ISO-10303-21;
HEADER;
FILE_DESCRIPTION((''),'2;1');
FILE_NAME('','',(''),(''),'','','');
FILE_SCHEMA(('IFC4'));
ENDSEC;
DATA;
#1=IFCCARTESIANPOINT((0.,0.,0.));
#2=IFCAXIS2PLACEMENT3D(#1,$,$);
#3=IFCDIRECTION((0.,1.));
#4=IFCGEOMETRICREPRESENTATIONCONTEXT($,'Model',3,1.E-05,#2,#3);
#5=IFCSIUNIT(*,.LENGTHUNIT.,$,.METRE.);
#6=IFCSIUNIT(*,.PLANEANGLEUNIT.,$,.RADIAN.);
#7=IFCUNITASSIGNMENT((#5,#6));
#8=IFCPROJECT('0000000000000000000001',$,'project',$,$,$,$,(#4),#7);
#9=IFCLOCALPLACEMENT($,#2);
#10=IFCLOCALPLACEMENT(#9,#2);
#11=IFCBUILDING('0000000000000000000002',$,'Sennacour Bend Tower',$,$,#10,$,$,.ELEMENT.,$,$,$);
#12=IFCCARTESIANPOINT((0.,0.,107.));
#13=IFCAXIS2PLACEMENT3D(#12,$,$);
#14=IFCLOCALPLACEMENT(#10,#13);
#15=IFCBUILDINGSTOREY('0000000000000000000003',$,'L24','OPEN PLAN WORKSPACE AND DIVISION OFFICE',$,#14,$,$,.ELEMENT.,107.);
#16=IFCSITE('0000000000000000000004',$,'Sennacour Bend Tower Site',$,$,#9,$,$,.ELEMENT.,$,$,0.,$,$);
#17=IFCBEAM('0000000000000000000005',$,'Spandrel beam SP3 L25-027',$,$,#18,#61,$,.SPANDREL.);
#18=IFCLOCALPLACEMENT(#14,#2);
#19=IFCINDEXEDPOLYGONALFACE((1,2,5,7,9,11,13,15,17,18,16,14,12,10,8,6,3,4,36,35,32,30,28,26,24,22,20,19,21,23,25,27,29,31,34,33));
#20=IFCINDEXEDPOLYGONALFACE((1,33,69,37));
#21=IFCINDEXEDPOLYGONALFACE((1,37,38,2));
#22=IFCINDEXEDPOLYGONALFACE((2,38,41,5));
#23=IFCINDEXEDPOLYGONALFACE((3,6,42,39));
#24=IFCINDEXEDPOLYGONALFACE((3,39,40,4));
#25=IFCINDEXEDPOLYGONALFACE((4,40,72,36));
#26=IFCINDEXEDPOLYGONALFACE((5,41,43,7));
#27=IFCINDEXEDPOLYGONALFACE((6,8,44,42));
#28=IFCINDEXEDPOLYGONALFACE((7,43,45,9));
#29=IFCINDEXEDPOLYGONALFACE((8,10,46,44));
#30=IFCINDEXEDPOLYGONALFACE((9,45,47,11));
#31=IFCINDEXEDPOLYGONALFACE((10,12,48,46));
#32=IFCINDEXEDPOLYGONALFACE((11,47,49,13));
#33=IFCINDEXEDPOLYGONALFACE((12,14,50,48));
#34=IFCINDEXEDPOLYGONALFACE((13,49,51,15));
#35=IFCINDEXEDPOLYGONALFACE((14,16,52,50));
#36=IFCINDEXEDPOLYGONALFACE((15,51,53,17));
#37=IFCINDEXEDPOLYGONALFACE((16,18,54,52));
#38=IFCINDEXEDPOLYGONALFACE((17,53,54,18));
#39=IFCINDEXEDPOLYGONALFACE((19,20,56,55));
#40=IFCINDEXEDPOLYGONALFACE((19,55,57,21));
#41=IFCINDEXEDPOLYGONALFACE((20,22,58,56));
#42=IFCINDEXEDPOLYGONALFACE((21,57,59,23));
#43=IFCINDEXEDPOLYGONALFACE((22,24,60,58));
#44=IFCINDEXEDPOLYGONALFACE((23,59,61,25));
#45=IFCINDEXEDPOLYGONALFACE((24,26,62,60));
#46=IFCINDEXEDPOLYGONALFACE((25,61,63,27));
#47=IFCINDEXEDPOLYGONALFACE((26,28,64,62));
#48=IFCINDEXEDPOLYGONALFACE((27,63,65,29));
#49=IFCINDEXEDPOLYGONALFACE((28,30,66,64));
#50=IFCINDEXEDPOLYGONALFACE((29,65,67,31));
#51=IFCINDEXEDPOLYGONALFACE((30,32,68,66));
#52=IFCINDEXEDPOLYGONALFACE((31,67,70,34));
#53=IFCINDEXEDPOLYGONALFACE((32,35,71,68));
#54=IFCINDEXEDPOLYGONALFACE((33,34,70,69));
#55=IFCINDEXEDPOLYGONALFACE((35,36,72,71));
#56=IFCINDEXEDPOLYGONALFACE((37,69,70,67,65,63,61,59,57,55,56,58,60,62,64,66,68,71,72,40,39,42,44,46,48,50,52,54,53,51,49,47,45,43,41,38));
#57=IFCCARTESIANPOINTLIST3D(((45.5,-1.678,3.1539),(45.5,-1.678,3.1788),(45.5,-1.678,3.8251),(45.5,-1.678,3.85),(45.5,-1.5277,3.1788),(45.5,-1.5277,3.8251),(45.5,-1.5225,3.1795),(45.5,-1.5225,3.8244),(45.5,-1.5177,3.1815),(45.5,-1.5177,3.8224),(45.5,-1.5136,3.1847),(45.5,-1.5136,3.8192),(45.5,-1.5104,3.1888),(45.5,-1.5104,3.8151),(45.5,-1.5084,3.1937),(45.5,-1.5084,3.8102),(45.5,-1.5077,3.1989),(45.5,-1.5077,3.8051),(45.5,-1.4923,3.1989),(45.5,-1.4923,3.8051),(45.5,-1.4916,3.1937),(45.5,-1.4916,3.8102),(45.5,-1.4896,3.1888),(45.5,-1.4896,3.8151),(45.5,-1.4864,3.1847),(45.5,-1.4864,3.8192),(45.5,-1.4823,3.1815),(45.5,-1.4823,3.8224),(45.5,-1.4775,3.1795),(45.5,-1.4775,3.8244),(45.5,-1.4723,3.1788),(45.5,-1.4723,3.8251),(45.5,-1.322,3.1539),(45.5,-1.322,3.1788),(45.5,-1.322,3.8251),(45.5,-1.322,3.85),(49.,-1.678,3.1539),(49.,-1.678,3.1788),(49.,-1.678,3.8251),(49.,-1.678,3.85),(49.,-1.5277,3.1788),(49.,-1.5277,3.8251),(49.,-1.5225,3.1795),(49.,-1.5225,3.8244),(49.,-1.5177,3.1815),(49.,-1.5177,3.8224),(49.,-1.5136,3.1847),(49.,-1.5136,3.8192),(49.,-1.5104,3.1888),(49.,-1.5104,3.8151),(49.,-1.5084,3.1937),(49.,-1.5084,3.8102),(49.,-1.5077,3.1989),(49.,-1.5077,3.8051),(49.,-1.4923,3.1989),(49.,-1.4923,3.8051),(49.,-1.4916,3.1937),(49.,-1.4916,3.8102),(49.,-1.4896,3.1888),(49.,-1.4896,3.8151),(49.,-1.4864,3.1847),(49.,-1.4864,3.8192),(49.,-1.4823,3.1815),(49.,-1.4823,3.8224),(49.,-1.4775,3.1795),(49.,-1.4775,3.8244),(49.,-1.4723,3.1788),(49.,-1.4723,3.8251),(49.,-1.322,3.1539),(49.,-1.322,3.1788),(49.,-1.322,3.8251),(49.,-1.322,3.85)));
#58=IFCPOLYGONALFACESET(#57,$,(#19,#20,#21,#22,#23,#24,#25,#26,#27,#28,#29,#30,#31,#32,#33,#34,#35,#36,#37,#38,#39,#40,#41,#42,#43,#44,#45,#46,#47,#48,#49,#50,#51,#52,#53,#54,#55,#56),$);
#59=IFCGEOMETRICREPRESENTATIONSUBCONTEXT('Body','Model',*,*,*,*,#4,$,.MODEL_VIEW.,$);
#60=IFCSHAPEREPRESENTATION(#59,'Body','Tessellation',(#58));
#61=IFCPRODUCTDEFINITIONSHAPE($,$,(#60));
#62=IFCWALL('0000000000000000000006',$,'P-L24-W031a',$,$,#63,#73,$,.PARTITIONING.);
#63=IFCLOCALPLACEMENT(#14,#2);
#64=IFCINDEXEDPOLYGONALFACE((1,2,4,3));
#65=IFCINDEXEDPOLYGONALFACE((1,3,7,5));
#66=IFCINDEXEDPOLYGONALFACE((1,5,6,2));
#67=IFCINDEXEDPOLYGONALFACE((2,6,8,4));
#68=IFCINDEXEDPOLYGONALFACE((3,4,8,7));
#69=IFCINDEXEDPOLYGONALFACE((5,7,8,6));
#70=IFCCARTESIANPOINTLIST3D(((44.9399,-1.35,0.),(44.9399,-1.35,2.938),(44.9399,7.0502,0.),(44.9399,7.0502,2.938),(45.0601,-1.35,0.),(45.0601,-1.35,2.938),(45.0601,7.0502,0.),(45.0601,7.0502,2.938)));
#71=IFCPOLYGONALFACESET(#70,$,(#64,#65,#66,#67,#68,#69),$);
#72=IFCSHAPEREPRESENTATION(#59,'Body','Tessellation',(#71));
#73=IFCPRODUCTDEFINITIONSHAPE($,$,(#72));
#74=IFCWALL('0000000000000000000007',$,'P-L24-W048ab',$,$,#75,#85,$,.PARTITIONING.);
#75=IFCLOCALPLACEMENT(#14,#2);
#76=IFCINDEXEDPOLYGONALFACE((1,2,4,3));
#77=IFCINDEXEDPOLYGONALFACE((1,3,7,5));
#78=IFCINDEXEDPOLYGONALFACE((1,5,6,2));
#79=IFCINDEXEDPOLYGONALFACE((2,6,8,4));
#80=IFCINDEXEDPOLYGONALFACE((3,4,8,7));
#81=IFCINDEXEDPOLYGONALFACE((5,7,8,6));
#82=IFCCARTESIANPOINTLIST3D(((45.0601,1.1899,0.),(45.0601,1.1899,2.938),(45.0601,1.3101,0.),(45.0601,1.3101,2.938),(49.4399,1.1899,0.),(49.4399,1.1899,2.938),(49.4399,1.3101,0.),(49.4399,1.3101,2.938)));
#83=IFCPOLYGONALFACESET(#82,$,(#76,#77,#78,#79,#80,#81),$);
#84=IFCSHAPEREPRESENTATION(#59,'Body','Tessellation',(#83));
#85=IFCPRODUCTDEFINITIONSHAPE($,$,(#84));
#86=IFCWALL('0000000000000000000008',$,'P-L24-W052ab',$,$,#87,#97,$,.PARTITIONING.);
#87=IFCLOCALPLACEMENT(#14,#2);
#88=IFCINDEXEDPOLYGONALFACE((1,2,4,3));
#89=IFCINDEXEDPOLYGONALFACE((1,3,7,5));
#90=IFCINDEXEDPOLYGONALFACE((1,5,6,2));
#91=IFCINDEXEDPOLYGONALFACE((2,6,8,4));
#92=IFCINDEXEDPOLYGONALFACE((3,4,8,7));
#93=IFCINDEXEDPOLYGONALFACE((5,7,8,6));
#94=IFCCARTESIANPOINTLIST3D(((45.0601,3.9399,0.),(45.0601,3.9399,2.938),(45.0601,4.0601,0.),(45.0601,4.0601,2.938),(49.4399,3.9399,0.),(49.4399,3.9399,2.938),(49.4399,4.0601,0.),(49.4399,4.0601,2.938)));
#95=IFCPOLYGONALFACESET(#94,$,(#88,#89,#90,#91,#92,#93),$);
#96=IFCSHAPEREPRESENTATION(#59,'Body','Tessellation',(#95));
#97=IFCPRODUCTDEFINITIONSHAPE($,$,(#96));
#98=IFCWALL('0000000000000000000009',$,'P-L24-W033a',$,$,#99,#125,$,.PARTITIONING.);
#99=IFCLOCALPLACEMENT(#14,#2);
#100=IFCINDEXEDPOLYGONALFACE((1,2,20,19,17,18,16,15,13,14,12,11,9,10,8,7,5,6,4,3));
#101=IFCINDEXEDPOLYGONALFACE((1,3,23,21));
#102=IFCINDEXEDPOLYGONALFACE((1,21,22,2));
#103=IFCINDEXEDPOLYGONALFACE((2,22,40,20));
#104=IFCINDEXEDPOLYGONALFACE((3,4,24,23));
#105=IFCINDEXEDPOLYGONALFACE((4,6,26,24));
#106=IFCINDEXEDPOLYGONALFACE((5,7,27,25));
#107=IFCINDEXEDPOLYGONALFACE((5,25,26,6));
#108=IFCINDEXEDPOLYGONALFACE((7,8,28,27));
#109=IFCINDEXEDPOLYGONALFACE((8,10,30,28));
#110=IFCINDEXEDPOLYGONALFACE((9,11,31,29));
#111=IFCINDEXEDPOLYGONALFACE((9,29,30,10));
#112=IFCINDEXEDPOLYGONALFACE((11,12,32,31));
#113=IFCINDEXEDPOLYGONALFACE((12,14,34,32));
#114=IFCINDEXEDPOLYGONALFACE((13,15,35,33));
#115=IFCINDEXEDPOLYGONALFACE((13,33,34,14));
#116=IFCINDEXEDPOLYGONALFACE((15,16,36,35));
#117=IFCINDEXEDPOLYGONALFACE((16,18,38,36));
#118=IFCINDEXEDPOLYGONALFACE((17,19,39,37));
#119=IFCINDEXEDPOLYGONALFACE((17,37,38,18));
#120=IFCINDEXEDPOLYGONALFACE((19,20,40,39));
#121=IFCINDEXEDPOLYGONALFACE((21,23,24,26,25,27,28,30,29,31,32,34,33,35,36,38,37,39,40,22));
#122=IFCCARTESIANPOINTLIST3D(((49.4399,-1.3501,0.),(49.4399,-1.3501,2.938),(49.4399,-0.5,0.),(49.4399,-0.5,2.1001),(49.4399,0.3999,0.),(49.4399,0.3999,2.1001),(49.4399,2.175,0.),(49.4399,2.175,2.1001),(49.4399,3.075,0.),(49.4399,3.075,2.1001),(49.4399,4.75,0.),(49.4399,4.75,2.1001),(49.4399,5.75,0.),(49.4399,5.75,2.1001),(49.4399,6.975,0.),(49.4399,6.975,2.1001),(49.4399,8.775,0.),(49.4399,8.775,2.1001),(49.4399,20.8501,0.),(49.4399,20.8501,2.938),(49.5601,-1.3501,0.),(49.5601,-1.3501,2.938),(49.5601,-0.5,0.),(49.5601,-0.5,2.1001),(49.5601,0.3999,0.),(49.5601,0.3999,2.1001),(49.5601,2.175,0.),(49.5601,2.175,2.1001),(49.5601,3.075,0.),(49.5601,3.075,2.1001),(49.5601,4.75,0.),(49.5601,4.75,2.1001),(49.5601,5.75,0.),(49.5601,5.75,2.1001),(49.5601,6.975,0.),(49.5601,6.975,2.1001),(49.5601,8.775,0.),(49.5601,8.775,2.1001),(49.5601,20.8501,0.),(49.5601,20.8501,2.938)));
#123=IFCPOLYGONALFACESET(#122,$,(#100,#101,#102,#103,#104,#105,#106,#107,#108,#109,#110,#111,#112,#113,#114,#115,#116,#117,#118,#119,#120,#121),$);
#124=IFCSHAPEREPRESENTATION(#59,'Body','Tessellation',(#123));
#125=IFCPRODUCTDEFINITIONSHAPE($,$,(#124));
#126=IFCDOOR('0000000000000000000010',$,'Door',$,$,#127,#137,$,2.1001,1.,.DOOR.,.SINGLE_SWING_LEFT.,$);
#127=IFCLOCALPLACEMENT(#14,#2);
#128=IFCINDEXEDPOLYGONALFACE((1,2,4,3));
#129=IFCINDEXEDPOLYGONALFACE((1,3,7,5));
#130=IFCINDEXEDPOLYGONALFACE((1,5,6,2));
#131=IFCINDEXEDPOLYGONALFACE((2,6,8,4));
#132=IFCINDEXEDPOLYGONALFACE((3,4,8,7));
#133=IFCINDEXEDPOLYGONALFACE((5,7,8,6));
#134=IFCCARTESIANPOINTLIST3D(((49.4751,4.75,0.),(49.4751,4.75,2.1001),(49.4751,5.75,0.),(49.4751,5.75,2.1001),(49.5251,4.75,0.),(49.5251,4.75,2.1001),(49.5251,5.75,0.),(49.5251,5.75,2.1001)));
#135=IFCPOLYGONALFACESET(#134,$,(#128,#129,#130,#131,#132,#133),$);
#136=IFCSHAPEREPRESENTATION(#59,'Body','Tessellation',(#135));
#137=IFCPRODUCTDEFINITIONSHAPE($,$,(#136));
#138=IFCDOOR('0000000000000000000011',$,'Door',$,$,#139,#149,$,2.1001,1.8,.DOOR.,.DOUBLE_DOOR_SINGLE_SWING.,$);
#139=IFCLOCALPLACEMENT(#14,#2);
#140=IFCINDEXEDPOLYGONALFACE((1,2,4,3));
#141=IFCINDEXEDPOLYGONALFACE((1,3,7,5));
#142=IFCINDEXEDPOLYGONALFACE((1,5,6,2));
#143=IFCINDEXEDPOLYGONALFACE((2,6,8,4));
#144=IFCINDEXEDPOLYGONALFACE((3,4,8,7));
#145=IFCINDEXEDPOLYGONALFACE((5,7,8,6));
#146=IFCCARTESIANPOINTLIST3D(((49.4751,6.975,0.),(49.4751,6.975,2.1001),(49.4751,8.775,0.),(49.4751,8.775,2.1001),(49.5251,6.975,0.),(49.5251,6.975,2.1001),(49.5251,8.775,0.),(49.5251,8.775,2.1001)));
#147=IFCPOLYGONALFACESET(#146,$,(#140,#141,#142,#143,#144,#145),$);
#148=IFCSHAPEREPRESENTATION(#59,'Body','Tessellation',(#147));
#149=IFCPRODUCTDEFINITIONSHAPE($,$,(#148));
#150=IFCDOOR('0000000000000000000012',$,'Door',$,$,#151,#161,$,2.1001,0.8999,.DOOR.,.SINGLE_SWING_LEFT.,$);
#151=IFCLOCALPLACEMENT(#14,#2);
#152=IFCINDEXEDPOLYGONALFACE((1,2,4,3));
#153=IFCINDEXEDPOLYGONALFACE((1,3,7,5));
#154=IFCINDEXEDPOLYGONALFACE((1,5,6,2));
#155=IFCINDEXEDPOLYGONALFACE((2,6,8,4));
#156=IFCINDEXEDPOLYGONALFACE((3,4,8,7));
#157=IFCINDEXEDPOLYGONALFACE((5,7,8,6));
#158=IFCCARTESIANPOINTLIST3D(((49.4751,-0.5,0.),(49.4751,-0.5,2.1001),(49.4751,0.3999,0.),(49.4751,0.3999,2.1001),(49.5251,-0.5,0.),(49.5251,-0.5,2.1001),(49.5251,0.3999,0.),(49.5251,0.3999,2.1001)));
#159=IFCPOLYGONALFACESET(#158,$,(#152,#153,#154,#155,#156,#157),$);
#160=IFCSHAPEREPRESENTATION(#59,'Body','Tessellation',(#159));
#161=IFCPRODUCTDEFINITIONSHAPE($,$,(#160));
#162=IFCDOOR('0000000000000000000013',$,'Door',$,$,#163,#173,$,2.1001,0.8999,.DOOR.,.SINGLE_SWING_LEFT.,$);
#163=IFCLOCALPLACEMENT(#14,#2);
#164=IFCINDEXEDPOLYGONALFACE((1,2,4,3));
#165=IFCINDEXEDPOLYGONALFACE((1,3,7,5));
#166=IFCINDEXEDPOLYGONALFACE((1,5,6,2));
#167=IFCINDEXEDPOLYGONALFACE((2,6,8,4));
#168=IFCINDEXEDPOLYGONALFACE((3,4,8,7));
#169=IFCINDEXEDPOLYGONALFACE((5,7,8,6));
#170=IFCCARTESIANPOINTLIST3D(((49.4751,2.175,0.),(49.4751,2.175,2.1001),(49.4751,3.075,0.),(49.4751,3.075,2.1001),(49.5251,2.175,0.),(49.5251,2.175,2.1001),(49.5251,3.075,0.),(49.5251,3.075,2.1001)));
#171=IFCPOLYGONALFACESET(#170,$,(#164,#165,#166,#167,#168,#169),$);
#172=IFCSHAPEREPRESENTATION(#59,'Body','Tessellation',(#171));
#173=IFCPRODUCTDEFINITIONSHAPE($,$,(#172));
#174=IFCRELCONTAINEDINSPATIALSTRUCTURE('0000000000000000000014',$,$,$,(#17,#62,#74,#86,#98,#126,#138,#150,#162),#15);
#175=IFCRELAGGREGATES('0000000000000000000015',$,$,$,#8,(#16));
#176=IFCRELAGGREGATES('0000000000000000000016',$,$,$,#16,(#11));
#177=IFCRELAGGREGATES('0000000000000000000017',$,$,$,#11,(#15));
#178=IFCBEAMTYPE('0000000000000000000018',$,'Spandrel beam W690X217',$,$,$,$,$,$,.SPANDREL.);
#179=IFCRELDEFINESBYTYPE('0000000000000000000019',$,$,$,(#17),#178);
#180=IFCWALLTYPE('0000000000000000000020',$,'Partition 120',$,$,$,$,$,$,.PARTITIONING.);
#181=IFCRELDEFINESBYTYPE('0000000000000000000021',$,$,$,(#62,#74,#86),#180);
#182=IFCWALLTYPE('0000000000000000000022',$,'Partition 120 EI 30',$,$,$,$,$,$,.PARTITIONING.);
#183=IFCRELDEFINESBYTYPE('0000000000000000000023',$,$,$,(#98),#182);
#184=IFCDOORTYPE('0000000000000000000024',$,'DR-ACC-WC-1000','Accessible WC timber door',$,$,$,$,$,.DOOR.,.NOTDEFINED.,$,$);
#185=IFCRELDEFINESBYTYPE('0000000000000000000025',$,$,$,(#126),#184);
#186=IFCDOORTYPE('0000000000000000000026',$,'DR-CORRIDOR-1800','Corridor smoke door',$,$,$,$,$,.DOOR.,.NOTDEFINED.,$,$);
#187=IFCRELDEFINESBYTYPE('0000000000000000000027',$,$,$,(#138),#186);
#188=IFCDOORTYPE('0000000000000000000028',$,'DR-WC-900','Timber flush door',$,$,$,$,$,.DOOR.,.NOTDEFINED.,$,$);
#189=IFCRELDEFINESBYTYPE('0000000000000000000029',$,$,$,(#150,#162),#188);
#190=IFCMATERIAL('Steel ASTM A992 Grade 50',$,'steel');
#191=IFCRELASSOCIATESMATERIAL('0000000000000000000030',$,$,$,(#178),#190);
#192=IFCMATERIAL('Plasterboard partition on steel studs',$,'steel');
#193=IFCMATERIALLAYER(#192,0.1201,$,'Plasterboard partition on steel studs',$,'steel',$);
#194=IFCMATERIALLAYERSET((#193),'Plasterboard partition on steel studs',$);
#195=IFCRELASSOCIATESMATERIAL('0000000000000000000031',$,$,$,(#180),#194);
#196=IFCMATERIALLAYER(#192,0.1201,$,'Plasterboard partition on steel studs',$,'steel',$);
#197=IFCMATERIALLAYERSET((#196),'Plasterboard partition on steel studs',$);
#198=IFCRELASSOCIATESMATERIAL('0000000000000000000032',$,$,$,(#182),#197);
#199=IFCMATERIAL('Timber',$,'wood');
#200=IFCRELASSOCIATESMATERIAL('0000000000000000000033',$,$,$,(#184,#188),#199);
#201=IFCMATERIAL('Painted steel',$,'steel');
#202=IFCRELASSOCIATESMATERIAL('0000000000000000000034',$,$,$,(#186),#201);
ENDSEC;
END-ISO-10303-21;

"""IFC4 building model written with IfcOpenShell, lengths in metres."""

from ifc_helpers import new_model, si_unit, direction, frame, frame_2d, origin, origin_2d, place, context, subcontext, project, spatial, rectangle, i_section, extrude, material, layer, layer_set, material_profile, profile_set, type_object, element, fill, save


model = new_model("IFC4")

# Units and contexts
model_context = context("Model", 3, precision=1e-05, world=origin(), true_north=direction((0.0, 1.0)))
body_context = subcontext(model_context, "Body", "Model", "MODEL_VIEW")
ifc_project = project(units=[si_unit("LENGTHUNIT", "METRE"), si_unit("PLANEANGLEUNIT", "RADIAN")], contexts=[model_context])

# Site, building, storey
site_placement = place(None, origin())
site = spatial("IfcSite", under=ifc_project, at=site_placement, Name="Sennacour Bend Tower Site", CompositionType="ELEMENT", RefElevation=0.0)
building_placement = place(site_placement, origin())
building = spatial("IfcBuilding", under=site, at=building_placement, Name="Sennacour Bend Tower", CompositionType="ELEMENT")
storey_placement = place(building_placement, frame((0.0, 0.0, 107.0)))
storey = spatial("IfcBuildingStorey", under=building, at=storey_placement, Name="L24", Description="OPEN PLAN WORKSPACE AND DIVISION OFFICE", CompositionType="ELEMENT", Elevation=107.0)

# Beam
ifc_material_1 = material(Name="Steel ASTM A992 Grade 50", Category="steel")
ifc_material_profile_1 = material_profile(ifc_material_1, i_section(OverallWidth=0.356, OverallDepth=0.696, WebThickness=0.0154, FlangeThickness=0.0249, FilletRadius=0.02, at=origin_2d()), Name="Steel ASTM A992 Grade 50", Category="steel")
ifc_profile_set_1 = profile_set([ifc_material_profile_1], Name="Steel ASTM A992 Grade 50")
beam_type_1 = type_object("IfcBeamType", Name="Spandrel beam W690X217", PredefinedType="SPANDREL", material=ifc_profile_set_1)
beam_1_placement = place(storey_placement, frame((49.0, -1.5, 3.502), z_axis=(-1.0, 0.0, 0.0), x_axis=(0.0, -1.0, 0.0)))
element("IfcBeam", 1, at=beam_1_placement, inside=storey, type_object=beam_type_1, Name="Spandrel beam SP3 L25-027", PredefinedType="SPANDREL", context=body_context, shape_type="SweptSolid", body=[
    extrude(i_section(OverallWidth=0.356, OverallDepth=0.696, WebThickness=0.0154, FlangeThickness=0.0249, FilletRadius=0.02, at=origin_2d()), origin(), (0.0, 0.0, 1.0), 3.5),
])

# Walls
ifc_material_2 = material(Name="Plasterboard partition on steel studs", Category="steel")
ifc_layer_1 = layer(ifc_material_2, 0.1201, Name="Plasterboard partition on steel studs", Category="steel")
ifc_layer_set_1 = layer_set([ifc_layer_1], Name="Plasterboard partition on steel studs")
wall_type_1 = type_object("IfcWallType", Name="Partition 120", PredefinedType="PARTITIONING", material=ifc_layer_set_1)
wall_1_placement = place(storey_placement, frame((45.0, -1.3501, 0.0), z_axis=(0.0, 0.0, 1.0), x_axis=(0.0, 1.0, 0.0)))
element("IfcWall", 2, at=wall_1_placement, inside=storey, type_object=wall_type_1, Name="P-L24-W031a", PredefinedType="PARTITIONING", context=body_context, shape_type="SweptSolid", body=[
    extrude(rectangle(XDim=8.4001, YDim=0.1201, at=frame_2d((4.2002, 0.0))), origin(), (0.0, 0.0, 1.0), 2.938),
])
for number, where, z_axis, x_axis, name in (
    (3, (45.0601, 1.25, 0.0), (0.0, 0.0, 1.0), (1.0, 0.0, 0.0), "P-L24-W048ab"),
    (4, (45.0601, 4.0, 0.0), (0.0, 0.0, 1.0), (1.0, 0.0, 0.0), "P-L24-W052ab"),
):
    element("IfcWall", number, at=place(storey_placement, frame(where, z_axis=z_axis, x_axis=x_axis)), inside=storey, type_object=wall_type_1, Name=name, PredefinedType="PARTITIONING", context=body_context, shape_type="SweptSolid", body=[
        extrude(rectangle(XDim=4.3799, YDim=0.1201, at=frame_2d((2.1899, 0.0))), origin(), (0.0, 0.0, 1.0), 2.938),
    ])

# Wall, openings, doors
ifc_layer_2 = layer(ifc_material_2, 0.1201, Name="Plasterboard partition on steel studs", Category="steel")
ifc_layer_set_2 = layer_set([ifc_layer_2], Name="Plasterboard partition on steel studs")
wall_type_2 = type_object("IfcWallType", Name="Partition 120 EI 30", PredefinedType="PARTITIONING", material=ifc_layer_set_2)
wall_2_placement = place(storey_placement, frame((49.5, -1.3501, 0.0), z_axis=(0.0, 0.0, 1.0), x_axis=(0.0, 1.0, 0.0)))
wall_2 = element("IfcWall", 5, at=wall_2_placement, inside=storey, type_object=wall_type_2, Name="P-L24-W033a", PredefinedType="PARTITIONING", context=body_context, shape_type="SweptSolid", body=[
    extrude(rectangle(XDim=22.2002, YDim=0.1201, at=frame_2d((11.1001, 0.0))), origin(), (0.0, 0.0, 1.0), 2.938),
])
opening_1_placement = place(wall_2_placement, frame((8.3252, 0.0, 0.0)))
opening_1 = element("IfcOpeningElement", 6, at=opening_1_placement, cuts=wall_2, PredefinedType="OPENING", context=body_context, shape_type="SweptSolid", body=[
    extrude(rectangle(XDim=1.8, YDim=2.1001, at=frame_2d((0.8999, 1.05))), frame((0.0, 0.0701, 0.0), z_axis=(0.0, -1.0, 0.0), x_axis=(1.0, 0.0, 0.0)), (0.0, 0.0, 1.0), 0.1401),
])
opening_2_placement = place(wall_2_placement, frame((0.8501, 0.0, 0.0)))
opening_2 = element("IfcOpeningElement", 7, at=opening_2_placement, cuts=wall_2, PredefinedType="OPENING", context=body_context, shape_type="SweptSolid", body=[
    extrude(rectangle(XDim=0.8999, YDim=2.1001, at=frame_2d((0.45, 1.05))), frame((0.0, 0.0701, 0.0), z_axis=(0.0, -1.0, 0.0), x_axis=(1.0, 0.0, 0.0)), (0.0, 0.0, 1.0), 0.1401),
])
opening_3_placement = place(wall_2_placement, frame((3.5251, 0.0, 0.0)))
opening_3 = element("IfcOpeningElement", 8, at=opening_3_placement, cuts=wall_2, PredefinedType="OPENING", context=body_context, shape_type="SweptSolid", body=[
    extrude(rectangle(XDim=0.8999, YDim=2.1001, at=frame_2d((0.45, 1.05))), frame((0.0, 0.0701, 0.0), z_axis=(0.0, -1.0, 0.0), x_axis=(1.0, 0.0, 0.0)), (0.0, 0.0, 1.0), 0.1401),
])
opening_4_placement = place(wall_2_placement, frame((6.1001, 0.0, 0.0)))
opening_4 = element("IfcOpeningElement", 9, at=opening_4_placement, cuts=wall_2, PredefinedType="OPENING", context=body_context, shape_type="SweptSolid", body=[
    extrude(rectangle(XDim=1.0, YDim=2.1001, at=frame_2d((0.5, 1.05))), frame((0.0, 0.0701, 0.0), z_axis=(0.0, -1.0, 0.0), x_axis=(1.0, 0.0, 0.0)), (0.0, 0.0, 1.0), 0.1401),
])
ifc_material_3 = material(Name="Timber", Category="wood")
door_type_1 = type_object("IfcDoorType", Name="DR-ACC-WC-1000", Description="Accessible WC timber door", OperationType="NOTDEFINED", PredefinedType="DOOR", material=ifc_material_3)
door_1_placement = place(opening_4_placement, origin())
door_1 = element("IfcDoor", 10, at=door_1_placement, inside=storey, type_object=door_type_1, Name="Door", OperationType="SINGLE_SWING_LEFT", OverallHeight=2.1001, OverallWidth=1.0, PredefinedType="DOOR", context=body_context, shape_type="SweptSolid", body=[
    extrude(rectangle(XDim=1.0, YDim=2.1001, at=frame_2d((0.5, 1.05))), frame((0.0, 0.0249, 0.0), z_axis=(0.0, -1.0, 0.0), x_axis=(1.0, 0.0, 0.0)), (0.0, 0.0, 1.0), 0.05),
])
fill(opening_4, door_1)
ifc_material_4 = material(Name="Painted steel", Category="steel")
door_type_2 = type_object("IfcDoorType", Name="DR-CORRIDOR-1800", Description="Corridor smoke door", OperationType="NOTDEFINED", PredefinedType="DOOR", material=ifc_material_4)
door_2_placement = place(opening_1_placement, origin())
door_2 = element("IfcDoor", 11, at=door_2_placement, inside=storey, type_object=door_type_2, Name="Door", OperationType="DOUBLE_DOOR_SINGLE_SWING", OverallHeight=2.1001, OverallWidth=1.8, PredefinedType="DOOR", context=body_context, shape_type="SweptSolid", body=[
    extrude(rectangle(XDim=1.8, YDim=2.1001, at=frame_2d((0.8999, 1.05))), frame((0.0, 0.0249, 0.0), z_axis=(0.0, -1.0, 0.0), x_axis=(1.0, 0.0, 0.0)), (0.0, 0.0, 1.0), 0.05),
])
fill(opening_1, door_2)
door_type_3 = type_object("IfcDoorType", Name="DR-WC-900", Description="Timber flush door", OperationType="NOTDEFINED", PredefinedType="DOOR", material=ifc_material_3)
door_3_placement = place(opening_2_placement, origin())
door_3 = element("IfcDoor", 12, at=door_3_placement, inside=storey, type_object=door_type_3, Name="Door", OperationType="SINGLE_SWING_LEFT", OverallHeight=2.1001, OverallWidth=0.8999, PredefinedType="DOOR", context=body_context, shape_type="SweptSolid", body=[
    extrude(rectangle(XDim=0.8999, YDim=2.1001, at=frame_2d((0.45, 1.05))), frame((0.0, 0.0249, 0.0), z_axis=(0.0, -1.0, 0.0), x_axis=(1.0, 0.0, 0.0)), (0.0, 0.0, 1.0), 0.05),
])
fill(opening_2, door_3)
door_4_placement = place(opening_3_placement, origin())
door_4 = element("IfcDoor", 13, at=door_4_placement, inside=storey, type_object=door_type_3, Name="Door", OperationType="SINGLE_SWING_LEFT", OverallHeight=2.1001, OverallWidth=0.8999, PredefinedType="DOOR", context=body_context, shape_type="SweptSolid", body=[
    extrude(rectangle(XDim=0.8999, YDim=2.1001, at=frame_2d((0.45, 1.05))), frame((0.0, 0.0249, 0.0), z_axis=(0.0, -1.0, 0.0), x_axis=(1.0, 0.0, 0.0)), (0.0, 0.0, 1.0), 0.05),
])
fill(opening_3, door_4)

save(model, "model.ifc")
